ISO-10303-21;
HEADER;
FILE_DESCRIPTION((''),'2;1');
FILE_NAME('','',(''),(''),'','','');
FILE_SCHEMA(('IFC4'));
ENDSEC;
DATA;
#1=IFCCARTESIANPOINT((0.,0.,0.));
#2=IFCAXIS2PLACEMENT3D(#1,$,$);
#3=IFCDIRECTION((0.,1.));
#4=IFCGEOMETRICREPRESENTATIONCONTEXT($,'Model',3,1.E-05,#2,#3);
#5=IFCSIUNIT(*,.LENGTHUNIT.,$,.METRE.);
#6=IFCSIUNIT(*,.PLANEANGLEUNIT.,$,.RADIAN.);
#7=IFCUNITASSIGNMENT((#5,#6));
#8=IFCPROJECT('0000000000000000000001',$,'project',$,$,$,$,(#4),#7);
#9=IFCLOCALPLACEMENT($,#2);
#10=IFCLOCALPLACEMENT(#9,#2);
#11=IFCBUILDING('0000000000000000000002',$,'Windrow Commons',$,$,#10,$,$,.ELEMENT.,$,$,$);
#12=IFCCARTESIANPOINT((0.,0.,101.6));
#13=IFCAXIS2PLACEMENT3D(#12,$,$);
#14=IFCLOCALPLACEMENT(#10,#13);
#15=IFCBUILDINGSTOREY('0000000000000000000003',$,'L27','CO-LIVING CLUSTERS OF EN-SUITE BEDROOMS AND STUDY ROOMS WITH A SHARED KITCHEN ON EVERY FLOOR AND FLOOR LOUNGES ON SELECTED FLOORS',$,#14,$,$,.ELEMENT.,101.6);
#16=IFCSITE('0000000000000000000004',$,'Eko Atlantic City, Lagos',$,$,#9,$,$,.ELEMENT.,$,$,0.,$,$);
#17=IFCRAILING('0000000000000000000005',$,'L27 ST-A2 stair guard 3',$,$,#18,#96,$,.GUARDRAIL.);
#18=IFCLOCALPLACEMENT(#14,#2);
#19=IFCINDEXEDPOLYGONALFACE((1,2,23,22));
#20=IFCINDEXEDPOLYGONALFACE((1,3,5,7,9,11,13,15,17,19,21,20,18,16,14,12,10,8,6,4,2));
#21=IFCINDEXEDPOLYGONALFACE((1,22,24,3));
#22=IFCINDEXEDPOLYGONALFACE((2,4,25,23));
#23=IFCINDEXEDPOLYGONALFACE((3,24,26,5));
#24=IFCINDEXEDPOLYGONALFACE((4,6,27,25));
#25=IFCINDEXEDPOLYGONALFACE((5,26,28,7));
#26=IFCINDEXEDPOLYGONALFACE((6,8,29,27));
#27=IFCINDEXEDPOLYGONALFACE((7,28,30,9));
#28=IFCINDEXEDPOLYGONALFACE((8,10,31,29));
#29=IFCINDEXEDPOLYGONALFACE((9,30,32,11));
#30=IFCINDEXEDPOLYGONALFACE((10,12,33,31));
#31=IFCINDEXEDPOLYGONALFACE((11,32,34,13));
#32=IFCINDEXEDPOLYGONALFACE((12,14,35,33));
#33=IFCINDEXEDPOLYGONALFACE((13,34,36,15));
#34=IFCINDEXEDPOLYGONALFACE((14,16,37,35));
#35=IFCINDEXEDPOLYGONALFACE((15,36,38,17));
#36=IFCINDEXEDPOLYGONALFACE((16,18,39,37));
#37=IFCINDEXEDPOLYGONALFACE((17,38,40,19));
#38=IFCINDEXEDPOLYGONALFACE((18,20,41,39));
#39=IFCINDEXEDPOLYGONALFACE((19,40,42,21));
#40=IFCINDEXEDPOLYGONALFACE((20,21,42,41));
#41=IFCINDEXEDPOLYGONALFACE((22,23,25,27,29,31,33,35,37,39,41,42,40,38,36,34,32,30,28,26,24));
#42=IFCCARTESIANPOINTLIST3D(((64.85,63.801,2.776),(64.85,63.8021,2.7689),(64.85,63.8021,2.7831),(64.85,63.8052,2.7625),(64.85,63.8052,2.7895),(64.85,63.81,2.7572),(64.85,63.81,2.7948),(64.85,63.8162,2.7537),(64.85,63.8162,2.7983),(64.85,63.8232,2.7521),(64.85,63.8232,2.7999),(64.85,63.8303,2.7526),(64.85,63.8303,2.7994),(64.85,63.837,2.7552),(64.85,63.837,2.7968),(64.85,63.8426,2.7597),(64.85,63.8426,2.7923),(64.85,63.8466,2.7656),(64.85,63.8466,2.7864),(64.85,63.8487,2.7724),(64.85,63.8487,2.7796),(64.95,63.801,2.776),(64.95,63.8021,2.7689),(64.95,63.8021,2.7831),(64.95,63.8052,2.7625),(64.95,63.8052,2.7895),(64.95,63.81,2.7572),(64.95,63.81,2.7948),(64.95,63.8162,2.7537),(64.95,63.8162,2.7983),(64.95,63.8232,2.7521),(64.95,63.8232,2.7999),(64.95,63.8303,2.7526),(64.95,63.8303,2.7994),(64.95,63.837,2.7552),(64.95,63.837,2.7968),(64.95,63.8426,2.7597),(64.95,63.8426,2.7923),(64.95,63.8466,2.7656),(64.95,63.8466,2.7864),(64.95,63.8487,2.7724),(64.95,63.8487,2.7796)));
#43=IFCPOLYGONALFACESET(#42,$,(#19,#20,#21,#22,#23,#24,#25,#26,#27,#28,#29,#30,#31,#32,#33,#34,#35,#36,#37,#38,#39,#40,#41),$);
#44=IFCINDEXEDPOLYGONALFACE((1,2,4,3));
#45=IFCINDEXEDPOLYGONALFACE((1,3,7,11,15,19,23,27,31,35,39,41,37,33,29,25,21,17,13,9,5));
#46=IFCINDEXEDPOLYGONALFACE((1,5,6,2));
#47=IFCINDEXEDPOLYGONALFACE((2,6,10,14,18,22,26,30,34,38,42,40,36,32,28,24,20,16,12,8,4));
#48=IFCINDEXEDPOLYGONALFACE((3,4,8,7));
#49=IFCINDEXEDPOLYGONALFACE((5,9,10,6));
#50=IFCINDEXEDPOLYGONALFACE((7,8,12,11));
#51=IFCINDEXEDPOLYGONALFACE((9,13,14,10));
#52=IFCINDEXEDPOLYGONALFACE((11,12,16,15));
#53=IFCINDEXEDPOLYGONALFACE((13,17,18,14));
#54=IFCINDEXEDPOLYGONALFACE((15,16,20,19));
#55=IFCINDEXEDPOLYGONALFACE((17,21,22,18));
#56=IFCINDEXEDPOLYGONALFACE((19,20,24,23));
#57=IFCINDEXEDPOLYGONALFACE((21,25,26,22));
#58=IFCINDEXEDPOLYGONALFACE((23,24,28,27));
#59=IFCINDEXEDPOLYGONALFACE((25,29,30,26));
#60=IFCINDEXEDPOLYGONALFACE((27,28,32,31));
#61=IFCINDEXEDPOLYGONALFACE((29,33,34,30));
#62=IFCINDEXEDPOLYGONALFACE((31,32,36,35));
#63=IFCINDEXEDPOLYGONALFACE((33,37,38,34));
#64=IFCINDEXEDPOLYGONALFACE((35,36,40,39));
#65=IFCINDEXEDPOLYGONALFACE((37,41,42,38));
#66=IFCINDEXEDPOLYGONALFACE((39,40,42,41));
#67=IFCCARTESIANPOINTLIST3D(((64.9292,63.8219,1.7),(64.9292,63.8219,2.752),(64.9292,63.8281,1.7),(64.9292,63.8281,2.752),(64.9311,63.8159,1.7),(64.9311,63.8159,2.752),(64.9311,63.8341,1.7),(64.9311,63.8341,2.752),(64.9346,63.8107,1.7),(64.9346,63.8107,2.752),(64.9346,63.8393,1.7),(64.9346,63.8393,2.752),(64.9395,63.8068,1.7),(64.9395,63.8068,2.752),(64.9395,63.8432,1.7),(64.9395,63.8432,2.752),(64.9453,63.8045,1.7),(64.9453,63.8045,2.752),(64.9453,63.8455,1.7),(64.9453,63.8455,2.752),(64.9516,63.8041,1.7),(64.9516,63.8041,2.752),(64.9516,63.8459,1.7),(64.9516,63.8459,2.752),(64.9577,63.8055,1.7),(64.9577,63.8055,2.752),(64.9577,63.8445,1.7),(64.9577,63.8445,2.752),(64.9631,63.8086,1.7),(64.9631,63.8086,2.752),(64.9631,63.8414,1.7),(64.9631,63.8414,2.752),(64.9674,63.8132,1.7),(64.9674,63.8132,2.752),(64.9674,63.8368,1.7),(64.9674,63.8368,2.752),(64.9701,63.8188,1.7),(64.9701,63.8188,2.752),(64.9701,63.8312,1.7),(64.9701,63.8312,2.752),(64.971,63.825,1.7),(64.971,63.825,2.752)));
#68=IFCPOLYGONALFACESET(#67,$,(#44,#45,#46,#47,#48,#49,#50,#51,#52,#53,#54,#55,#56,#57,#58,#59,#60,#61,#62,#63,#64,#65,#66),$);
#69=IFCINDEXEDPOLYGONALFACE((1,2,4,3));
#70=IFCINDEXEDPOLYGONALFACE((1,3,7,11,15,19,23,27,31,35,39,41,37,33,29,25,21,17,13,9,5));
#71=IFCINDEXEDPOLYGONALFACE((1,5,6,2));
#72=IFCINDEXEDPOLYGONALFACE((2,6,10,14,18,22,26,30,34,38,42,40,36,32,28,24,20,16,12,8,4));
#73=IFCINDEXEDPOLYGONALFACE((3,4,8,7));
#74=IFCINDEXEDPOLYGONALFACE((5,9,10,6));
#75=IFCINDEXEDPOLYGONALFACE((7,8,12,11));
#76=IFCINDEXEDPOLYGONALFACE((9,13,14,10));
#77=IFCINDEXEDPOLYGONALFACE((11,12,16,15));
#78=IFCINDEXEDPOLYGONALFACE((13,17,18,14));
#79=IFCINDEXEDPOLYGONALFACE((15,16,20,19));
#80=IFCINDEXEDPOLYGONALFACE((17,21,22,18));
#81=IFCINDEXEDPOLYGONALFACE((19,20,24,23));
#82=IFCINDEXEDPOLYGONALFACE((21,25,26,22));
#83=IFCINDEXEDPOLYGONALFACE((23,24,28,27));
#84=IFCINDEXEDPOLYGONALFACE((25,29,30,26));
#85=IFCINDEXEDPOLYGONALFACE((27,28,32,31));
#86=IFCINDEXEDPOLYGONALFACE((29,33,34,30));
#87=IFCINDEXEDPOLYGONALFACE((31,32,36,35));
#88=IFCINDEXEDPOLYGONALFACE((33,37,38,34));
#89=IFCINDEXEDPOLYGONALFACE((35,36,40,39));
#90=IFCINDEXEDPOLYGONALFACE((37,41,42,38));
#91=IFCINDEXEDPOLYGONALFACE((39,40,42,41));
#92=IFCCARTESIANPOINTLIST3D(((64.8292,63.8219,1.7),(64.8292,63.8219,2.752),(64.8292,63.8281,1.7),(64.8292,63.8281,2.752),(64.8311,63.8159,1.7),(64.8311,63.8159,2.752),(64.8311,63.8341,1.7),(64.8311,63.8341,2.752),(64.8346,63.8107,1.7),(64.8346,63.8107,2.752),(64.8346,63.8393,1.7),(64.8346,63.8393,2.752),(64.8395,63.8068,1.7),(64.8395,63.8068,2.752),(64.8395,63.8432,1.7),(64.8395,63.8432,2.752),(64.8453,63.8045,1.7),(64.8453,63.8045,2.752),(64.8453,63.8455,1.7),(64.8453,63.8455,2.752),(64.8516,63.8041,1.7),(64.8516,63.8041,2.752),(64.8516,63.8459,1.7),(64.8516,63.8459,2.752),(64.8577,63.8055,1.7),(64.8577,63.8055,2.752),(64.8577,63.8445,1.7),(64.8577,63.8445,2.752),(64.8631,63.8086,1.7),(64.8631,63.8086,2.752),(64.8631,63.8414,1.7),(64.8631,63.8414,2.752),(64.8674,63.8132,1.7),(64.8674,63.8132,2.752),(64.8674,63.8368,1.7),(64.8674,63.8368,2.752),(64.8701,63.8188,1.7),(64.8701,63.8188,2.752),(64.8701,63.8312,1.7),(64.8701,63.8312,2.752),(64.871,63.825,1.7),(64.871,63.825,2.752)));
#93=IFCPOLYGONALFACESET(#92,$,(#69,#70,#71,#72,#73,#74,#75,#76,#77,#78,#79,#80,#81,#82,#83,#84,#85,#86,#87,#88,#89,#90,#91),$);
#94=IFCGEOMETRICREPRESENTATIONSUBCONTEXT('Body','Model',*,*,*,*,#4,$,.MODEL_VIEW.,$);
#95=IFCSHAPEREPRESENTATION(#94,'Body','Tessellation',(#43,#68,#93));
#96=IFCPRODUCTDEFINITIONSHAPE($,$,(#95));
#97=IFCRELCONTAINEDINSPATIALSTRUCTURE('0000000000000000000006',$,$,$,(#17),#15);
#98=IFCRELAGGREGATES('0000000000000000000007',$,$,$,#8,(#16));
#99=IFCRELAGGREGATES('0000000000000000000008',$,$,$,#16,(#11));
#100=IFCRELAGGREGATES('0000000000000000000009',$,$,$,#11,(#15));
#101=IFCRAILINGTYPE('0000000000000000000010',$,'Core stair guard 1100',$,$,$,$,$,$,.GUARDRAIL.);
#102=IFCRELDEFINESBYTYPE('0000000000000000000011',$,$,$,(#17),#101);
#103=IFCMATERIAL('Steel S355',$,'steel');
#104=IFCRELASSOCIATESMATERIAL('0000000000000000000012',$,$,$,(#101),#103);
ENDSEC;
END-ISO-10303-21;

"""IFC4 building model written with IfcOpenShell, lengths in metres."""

from ifc_helpers import new_model, si_unit, direction, frame, origin, origin_2d, place, context, subcontext, project, spatial, circle, extrude, material, type_object, element, save


model = new_model("IFC4")

# Units and contexts
model_context = context("Model", 3, precision=1e-05, world=origin(), true_north=direction((0.0, 1.0)))
body_context = subcontext(model_context, "Body", "Model", "MODEL_VIEW")
ifc_project = project(units=[si_unit("LENGTHUNIT", "METRE"), si_unit("PLANEANGLEUNIT", "RADIAN")], contexts=[model_context])

# Site, building, storey
site_placement = place(None, origin())
site = spatial("IfcSite", under=ifc_project, at=site_placement, Name="Eko Atlantic City, Lagos", CompositionType="ELEMENT", RefElevation=0.0)
building_placement = place(site_placement, origin())
building = spatial("IfcBuilding", under=site, at=building_placement, Name="Windrow Commons", CompositionType="ELEMENT")
storey_placement = place(building_placement, frame((0.0, 0.0, 101.6)))
storey = spatial("IfcBuildingStorey", under=building, at=storey_placement, Name="L27", Description="CO-LIVING CLUSTERS OF EN-SUITE BEDROOMS AND STUDY ROOMS WITH A SHARED KITCHEN ON EVERY FLOOR AND FLOOR LOUNGES ON SELECTED FLOORS", CompositionType="ELEMENT", Elevation=101.6)

# Railing
ifc_material_1 = material(Name="Steel S355", Category="steel")
railing_type_1 = type_object("IfcRailingType", Name="Core stair guard 1100", PredefinedType="GUARDRAIL", material=ifc_material_1)
railing_1_placement = place(storey_placement, frame((64.95, 63.825, 1.7)))
element("IfcRailing", 1, at=railing_1_placement, inside=storey, type_object=railing_type_1, Name="L27 ST-A2 stair guard 3", PredefinedType="GUARDRAIL", context=body_context, shape_type="SweptSolid", body=[
    extrude(circle(Radius=0.024, at=origin_2d()), frame((0.0, 0.0, 1.076), z_axis=(-1.0, 0.0, 0.0), x_axis=(0.0, -1.0, 0.0)), (0.0, 0.0, 1.0), 0.1),
    extrude(circle(Radius=0.021, at=origin_2d()), origin(), (0.0, 0.0, 1.0), 1.052),
    extrude(circle(Radius=0.021, at=origin_2d()), frame((-0.1, 0.0, 0.0)), (0.0, 0.0, 1.0), 1.052),
])

save(model, "model.ifc")
